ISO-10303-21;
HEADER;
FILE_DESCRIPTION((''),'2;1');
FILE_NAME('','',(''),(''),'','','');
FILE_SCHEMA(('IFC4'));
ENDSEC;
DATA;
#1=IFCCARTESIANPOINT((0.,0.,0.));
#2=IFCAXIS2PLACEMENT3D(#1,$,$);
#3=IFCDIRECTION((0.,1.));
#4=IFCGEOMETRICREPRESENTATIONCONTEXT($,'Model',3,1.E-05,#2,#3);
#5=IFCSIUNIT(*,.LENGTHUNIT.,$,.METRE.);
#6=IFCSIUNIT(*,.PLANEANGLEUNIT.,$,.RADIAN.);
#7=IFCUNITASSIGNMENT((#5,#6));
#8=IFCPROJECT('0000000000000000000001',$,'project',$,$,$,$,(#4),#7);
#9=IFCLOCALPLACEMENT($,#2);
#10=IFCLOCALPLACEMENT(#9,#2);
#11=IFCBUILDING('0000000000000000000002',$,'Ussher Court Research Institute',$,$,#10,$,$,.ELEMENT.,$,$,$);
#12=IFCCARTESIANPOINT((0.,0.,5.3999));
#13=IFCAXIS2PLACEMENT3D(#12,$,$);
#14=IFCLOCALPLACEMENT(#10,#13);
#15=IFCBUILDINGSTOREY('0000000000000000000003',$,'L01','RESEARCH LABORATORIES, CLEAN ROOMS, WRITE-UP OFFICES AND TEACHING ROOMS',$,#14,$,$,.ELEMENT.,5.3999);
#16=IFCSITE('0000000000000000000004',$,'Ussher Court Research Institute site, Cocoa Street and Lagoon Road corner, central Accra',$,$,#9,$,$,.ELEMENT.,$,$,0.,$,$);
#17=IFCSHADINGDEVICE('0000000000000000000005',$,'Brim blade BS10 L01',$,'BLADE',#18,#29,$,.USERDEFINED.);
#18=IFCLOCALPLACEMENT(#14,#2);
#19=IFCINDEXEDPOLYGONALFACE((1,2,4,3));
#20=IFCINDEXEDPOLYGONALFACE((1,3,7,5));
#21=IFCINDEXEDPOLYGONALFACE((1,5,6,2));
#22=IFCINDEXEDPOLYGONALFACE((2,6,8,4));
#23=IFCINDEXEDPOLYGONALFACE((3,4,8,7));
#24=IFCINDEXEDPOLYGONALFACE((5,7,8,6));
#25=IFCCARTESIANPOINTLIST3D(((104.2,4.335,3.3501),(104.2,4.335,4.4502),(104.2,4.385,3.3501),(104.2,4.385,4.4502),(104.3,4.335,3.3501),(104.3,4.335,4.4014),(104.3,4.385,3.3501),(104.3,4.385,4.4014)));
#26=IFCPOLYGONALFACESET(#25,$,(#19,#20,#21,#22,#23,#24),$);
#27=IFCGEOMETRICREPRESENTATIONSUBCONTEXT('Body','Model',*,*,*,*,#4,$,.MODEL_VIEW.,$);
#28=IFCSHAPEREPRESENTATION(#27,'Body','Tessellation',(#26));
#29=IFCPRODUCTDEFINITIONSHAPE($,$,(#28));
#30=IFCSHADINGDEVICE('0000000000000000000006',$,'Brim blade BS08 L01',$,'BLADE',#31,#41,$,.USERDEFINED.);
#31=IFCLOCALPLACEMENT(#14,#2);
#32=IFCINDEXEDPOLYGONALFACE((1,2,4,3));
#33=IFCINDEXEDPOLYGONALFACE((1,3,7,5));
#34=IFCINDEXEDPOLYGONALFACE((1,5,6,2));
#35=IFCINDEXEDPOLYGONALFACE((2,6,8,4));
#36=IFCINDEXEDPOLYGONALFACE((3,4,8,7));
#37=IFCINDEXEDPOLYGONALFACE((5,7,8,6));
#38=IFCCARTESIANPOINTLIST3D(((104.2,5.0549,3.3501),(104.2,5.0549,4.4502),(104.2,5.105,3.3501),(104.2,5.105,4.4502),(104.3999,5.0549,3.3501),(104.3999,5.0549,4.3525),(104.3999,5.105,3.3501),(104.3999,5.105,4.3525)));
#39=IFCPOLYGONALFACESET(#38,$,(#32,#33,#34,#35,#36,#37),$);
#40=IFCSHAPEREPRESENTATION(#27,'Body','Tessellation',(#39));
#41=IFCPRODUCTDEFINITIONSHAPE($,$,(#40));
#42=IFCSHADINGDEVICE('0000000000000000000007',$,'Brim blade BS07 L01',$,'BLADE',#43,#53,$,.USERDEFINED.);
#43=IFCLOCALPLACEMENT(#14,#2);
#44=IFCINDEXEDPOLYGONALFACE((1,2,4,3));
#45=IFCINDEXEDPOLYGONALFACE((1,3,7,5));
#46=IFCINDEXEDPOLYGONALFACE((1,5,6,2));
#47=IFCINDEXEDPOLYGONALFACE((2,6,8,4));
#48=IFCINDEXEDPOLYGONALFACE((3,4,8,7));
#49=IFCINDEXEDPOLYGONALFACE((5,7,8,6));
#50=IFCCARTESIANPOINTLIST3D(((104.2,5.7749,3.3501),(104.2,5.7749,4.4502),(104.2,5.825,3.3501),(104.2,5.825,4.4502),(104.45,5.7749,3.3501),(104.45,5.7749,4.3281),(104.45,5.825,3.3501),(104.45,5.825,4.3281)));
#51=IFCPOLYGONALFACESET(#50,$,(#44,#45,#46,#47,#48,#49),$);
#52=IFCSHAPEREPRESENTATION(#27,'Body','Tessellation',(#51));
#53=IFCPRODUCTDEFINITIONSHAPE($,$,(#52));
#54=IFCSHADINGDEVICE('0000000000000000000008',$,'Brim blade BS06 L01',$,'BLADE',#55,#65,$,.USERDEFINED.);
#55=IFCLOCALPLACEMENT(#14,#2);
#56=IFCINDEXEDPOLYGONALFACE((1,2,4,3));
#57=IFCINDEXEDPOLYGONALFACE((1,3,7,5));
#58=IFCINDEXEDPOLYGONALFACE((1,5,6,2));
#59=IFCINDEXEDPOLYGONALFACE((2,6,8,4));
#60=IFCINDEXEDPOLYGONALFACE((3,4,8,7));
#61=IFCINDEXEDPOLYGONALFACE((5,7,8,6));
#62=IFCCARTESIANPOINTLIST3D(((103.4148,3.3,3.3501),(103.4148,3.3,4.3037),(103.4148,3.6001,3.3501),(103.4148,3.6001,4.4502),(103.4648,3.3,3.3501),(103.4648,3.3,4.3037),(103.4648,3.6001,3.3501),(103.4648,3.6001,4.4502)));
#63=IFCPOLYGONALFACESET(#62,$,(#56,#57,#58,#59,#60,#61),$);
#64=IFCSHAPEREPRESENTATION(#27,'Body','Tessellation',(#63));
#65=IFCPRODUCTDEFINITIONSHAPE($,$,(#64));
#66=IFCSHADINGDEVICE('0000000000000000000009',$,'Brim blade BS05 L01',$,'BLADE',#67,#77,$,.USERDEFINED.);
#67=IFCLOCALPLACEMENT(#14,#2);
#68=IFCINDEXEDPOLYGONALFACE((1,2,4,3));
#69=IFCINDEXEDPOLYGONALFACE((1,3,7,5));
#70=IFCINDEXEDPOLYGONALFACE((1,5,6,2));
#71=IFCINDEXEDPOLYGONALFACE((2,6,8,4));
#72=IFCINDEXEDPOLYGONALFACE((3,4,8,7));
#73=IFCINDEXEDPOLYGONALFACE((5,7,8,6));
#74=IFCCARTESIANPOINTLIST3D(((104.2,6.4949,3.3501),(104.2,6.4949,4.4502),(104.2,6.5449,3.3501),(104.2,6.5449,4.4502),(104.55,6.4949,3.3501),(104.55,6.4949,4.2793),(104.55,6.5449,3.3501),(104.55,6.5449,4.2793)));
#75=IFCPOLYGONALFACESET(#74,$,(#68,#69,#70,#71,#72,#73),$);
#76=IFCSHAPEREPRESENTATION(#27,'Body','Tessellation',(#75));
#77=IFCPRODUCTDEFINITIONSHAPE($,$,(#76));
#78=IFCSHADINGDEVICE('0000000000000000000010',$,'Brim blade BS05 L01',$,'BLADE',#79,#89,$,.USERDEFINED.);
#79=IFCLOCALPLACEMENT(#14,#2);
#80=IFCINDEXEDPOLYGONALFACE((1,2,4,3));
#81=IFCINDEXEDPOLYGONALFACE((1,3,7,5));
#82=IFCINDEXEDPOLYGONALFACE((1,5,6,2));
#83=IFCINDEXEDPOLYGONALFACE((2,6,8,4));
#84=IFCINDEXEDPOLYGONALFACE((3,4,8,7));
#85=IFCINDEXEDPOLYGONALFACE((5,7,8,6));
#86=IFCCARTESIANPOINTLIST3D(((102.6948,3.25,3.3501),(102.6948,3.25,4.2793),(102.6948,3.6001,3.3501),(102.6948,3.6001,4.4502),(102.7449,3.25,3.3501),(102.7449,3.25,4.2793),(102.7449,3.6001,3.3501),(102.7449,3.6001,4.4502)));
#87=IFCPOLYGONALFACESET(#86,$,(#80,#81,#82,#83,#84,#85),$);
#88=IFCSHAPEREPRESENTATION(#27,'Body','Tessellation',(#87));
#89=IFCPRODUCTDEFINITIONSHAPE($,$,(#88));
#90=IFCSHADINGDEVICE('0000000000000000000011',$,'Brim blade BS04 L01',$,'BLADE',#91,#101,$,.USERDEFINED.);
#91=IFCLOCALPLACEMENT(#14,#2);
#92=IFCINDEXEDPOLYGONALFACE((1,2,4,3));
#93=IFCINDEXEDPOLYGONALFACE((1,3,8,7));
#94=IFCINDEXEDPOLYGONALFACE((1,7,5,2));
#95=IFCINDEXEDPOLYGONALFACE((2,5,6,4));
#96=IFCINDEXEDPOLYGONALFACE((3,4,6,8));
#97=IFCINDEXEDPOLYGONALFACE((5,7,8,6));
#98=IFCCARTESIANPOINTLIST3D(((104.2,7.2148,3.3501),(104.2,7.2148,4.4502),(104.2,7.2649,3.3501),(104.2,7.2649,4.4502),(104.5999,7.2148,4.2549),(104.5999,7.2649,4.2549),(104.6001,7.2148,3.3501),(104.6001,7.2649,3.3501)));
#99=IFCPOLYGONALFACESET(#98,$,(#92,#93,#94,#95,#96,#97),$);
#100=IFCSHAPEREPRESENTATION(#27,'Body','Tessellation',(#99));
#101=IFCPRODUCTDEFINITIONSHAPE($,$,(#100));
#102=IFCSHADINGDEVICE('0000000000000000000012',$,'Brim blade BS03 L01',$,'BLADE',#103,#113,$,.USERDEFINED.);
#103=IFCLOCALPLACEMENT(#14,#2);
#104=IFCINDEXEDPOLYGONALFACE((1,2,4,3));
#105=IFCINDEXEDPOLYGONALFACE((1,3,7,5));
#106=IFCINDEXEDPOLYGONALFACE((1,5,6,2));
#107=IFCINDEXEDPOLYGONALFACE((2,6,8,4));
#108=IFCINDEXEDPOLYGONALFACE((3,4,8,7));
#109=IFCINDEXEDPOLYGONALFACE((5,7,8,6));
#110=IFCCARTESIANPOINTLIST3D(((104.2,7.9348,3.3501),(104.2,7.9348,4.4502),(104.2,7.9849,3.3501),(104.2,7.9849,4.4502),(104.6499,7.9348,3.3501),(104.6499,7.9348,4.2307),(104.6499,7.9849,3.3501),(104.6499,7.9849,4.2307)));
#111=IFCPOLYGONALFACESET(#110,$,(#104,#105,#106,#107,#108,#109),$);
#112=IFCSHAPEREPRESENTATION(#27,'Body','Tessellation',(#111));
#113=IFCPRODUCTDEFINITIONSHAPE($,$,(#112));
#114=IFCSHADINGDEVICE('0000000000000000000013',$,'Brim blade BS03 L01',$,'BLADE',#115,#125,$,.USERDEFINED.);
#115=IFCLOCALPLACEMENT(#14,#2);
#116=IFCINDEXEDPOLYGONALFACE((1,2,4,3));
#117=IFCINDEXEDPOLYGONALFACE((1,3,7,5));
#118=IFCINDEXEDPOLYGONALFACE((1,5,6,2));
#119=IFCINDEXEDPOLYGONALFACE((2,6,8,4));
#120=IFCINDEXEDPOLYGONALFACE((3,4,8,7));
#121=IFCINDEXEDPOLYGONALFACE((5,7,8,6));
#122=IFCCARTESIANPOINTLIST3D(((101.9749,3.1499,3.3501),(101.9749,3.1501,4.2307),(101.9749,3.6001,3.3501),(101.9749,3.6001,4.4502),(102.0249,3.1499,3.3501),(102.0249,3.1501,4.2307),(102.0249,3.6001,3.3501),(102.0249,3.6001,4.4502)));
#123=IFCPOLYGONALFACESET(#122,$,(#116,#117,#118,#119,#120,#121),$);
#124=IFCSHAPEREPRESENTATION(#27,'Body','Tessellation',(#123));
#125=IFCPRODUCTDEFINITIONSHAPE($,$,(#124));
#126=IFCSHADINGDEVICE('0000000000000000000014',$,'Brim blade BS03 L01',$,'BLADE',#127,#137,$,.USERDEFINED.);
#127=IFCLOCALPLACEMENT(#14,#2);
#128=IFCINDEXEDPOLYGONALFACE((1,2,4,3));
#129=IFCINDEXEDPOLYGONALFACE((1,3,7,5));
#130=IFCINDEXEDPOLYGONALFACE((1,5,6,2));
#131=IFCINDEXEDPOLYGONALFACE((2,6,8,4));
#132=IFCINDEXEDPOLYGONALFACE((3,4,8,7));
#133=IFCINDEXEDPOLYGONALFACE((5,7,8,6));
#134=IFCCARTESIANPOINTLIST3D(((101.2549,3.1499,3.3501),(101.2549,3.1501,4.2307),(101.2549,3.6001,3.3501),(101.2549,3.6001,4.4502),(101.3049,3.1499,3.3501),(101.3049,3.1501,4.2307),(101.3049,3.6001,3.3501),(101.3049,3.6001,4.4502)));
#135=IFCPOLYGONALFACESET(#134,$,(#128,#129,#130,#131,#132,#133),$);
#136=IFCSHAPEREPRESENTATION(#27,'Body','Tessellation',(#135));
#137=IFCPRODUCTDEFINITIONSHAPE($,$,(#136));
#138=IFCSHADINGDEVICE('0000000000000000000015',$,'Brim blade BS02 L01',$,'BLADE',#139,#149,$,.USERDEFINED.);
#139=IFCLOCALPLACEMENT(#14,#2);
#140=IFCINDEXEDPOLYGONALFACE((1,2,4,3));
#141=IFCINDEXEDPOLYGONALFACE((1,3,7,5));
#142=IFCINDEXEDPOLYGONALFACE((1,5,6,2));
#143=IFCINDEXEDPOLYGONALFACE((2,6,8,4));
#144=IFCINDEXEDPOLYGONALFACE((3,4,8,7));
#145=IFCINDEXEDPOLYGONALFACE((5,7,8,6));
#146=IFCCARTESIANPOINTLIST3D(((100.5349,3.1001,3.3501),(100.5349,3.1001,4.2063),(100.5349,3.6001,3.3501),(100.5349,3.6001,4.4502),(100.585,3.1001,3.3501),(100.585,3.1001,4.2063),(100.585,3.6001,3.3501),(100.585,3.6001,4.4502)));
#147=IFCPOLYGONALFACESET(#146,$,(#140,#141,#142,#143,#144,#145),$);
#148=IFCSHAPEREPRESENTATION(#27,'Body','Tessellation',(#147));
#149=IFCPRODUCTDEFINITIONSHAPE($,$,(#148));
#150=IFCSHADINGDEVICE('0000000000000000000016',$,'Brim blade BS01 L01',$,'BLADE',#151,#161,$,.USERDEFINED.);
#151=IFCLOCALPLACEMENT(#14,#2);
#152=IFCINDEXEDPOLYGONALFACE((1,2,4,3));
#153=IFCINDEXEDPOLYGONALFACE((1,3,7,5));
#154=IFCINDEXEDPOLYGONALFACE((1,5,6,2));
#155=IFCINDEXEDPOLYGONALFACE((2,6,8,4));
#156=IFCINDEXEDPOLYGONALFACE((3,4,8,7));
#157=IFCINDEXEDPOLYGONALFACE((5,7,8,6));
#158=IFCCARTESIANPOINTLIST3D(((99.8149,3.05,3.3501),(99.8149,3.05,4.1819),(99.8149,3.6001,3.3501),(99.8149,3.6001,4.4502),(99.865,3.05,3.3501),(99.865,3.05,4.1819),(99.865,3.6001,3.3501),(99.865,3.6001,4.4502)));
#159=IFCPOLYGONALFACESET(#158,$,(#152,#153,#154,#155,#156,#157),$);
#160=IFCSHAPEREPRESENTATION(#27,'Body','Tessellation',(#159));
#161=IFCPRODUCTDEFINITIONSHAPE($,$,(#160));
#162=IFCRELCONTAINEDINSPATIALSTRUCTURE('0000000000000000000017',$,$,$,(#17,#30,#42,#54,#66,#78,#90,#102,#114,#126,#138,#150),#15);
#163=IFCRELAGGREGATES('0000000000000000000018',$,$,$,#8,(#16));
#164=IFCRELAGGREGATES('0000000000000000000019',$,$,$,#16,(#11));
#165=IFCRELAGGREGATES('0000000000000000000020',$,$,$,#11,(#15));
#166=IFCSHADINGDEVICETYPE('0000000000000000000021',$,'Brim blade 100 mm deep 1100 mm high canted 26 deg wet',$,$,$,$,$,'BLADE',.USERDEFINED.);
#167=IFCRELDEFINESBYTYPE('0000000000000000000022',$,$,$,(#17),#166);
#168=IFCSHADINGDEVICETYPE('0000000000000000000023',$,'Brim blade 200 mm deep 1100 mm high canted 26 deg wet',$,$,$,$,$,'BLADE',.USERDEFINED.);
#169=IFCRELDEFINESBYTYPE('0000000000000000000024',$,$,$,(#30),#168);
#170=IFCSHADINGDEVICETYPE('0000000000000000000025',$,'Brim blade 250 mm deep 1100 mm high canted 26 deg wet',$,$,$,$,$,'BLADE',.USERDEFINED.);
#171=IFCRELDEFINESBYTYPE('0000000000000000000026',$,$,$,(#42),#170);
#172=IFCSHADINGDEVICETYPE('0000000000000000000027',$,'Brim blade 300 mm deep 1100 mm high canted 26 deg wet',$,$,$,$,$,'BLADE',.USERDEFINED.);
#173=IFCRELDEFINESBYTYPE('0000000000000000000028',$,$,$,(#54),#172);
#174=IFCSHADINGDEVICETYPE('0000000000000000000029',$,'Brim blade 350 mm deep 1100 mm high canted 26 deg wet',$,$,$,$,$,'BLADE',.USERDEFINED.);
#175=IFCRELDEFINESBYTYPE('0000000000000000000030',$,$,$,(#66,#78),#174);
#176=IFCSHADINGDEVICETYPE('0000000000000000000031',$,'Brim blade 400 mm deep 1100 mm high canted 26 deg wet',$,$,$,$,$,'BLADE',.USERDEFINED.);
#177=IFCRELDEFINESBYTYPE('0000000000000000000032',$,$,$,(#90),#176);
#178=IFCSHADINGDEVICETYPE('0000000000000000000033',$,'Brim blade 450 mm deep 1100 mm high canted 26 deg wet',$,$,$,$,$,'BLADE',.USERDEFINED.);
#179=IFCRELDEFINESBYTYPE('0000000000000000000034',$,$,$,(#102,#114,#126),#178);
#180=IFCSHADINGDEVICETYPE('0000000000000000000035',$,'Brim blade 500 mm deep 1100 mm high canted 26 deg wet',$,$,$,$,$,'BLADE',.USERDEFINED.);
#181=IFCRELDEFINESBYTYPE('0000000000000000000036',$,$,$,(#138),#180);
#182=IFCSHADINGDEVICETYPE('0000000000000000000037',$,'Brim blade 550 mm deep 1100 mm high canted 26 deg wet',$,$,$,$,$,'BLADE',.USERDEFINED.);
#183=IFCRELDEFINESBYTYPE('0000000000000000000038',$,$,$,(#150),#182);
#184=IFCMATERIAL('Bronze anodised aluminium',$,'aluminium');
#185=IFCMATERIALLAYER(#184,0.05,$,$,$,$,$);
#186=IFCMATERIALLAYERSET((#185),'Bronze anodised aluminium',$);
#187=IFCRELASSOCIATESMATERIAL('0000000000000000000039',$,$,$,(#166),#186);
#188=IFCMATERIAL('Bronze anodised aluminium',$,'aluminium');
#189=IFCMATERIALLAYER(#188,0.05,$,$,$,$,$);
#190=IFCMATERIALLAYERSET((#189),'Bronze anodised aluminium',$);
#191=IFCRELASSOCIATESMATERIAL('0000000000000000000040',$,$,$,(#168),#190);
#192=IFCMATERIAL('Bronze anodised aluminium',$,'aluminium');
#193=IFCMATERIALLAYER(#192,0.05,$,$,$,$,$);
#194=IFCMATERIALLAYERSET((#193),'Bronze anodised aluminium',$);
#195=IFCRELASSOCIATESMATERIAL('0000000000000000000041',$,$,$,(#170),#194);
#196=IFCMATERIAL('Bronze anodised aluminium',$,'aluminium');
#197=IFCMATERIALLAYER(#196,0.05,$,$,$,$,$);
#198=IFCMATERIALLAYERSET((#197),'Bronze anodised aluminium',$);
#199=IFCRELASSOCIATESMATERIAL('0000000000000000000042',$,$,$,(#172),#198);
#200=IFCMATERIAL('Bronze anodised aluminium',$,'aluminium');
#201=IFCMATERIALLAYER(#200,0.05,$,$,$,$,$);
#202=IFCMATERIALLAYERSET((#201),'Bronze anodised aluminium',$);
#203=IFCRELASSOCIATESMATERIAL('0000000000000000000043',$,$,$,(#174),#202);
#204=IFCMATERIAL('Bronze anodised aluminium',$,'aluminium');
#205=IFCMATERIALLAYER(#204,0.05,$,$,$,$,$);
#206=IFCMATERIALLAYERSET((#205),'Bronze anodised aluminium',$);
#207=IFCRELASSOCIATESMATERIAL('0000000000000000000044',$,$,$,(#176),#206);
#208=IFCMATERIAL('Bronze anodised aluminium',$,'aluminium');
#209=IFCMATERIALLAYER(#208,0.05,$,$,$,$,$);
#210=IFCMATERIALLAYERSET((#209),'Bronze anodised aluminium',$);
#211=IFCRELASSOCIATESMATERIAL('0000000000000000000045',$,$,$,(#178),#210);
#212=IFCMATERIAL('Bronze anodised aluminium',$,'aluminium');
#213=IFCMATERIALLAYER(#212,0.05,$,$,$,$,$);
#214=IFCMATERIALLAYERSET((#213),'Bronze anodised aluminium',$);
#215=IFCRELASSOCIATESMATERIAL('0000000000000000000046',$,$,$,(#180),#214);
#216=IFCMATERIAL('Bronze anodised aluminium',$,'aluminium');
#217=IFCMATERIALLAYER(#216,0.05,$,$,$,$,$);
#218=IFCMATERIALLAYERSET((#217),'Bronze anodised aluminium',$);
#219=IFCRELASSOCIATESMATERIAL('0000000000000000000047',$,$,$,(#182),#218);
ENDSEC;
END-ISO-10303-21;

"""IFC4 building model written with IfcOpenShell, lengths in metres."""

from ifc_helpers import new_model, si_unit, direction, frame, origin, place, context, subcontext, project, spatial, polyline, outline, extrude, material, layer, layer_set, type_object, element, save


model = new_model("IFC4")

# Units and contexts
model_context = context("Model", 3, precision=1e-05, world=origin(), true_north=direction((0.0, 1.0)))
body_context = subcontext(model_context, "Body", "Model", "MODEL_VIEW")
ifc_project = project(units=[si_unit("LENGTHUNIT", "METRE"), si_unit("PLANEANGLEUNIT", "RADIAN")], contexts=[model_context])

# Site, building, storey
site_placement = place(None, origin())
site = spatial("IfcSite", under=ifc_project, at=site_placement, Name="Ussher Court Research Institute site, Cocoa Street and Lagoon Road corner, central Accra", CompositionType="ELEMENT", RefElevation=0.0)
building_placement = place(site_placement, origin())
building = spatial("IfcBuilding", under=site, at=building_placement, Name="Ussher Court Research Institute", CompositionType="ELEMENT")
storey_placement = place(building_placement, frame((0.0, 0.0, 5.3999)))
storey = spatial("IfcBuildingStorey", under=building, at=storey_placement, Name="L01", Description="RESEARCH LABORATORIES, CLEAN ROOMS, WRITE-UP OFFICES AND TEACHING ROOMS", CompositionType="ELEMENT", Elevation=5.3999)

# Shading devices
ifc_material_1 = material(Name="Bronze anodised aluminium", Category="aluminium")
ifc_layer_1 = layer(ifc_material_1, 0.05)
ifc_layer_set_1 = layer_set([ifc_layer_1], Name="Bronze anodised aluminium")
shading_device_type_1 = type_object("IfcShadingDeviceType", Name="Brim blade 100 mm deep 1100 mm high canted 26 deg wet", ElementType="BLADE", PredefinedType="USERDEFINED", material=ifc_layer_set_1)
shading_device_1_placement = place(storey_placement, frame((104.2, 4.3601, 3.3501), z_axis=(0.0, 0.0, 1.0), x_axis=(1.0, 0.0, 0.0)))
element("IfcShadingDevice", 1, at=shading_device_1_placement, inside=storey, type_object=shading_device_type_1, Name="Brim blade BS10 L01", ObjectType="BLADE", PredefinedType="USERDEFINED", context=body_context, shape_type="SweptSolid", body=[
    extrude(outline(polyline([(0.0, 0.0), (0.1001, 0.0), (0.1001, 1.0513), (0.0, 1.1001), (0.0, 0.0)])), frame((0.0, 0.0249, 0.0), z_axis=(0.0, -1.0, 0.0), x_axis=(1.0, 0.0, 0.0)), (0.0, 0.0, 1.0), 0.05),
])
ifc_material_2 = material(Name="Bronze anodised aluminium", Category="aluminium")
ifc_layer_2 = layer(ifc_material_2, 0.05)
ifc_layer_set_2 = layer_set([ifc_layer_2], Name="Bronze anodised aluminium")
shading_device_type_2 = type_object("IfcShadingDeviceType", Name="Brim blade 200 mm deep 1100 mm high canted 26 deg wet", ElementType="BLADE", PredefinedType="USERDEFINED", material=ifc_layer_set_2)
shading_device_2_placement = place(storey_placement, frame((104.2, 5.0801, 3.3501), z_axis=(0.0, 0.0, 1.0), x_axis=(1.0, 0.0, 0.0)))
element("IfcShadingDevice", 2, at=shading_device_2_placement, inside=storey, type_object=shading_device_type_2, Name="Brim blade BS08 L01", ObjectType="BLADE", PredefinedType="USERDEFINED", context=body_context, shape_type="SweptSolid", body=[
    extrude(outline(polyline([(0.0, 0.0), (0.2, 0.0), (0.2, 1.0024), (0.0, 1.1001), (0.0, 0.0)])), frame((0.0, 0.0249, 0.0), z_axis=(0.0, -1.0, 0.0), x_axis=(1.0, 0.0, 0.0)), (0.0, 0.0, 1.0), 0.05),
])
ifc_material_3 = material(Name="Bronze anodised aluminium", Category="aluminium")
ifc_layer_3 = layer(ifc_material_3, 0.05)
ifc_layer_set_3 = layer_set([ifc_layer_3], Name="Bronze anodised aluminium")
shading_device_type_3 = type_object("IfcShadingDeviceType", Name="Brim blade 250 mm deep 1100 mm high canted 26 deg wet", ElementType="BLADE", PredefinedType="USERDEFINED", material=ifc_layer_set_3)
shading_device_3_placement = place(storey_placement, frame((104.2, 5.8, 3.3501), z_axis=(0.0, 0.0, 1.0), x_axis=(1.0, 0.0, 0.0)))
element("IfcShadingDevice", 3, at=shading_device_3_placement, inside=storey, type_object=shading_device_type_3, Name="Brim blade BS07 L01", ObjectType="BLADE", PredefinedType="USERDEFINED", context=body_context, shape_type="SweptSolid", body=[
    extrude(outline(polyline([(0.0, 0.0), (0.25, 0.0), (0.25, 0.978), (0.0, 1.1001), (0.0, 0.0)])), frame((0.0, 0.0249, 0.0), z_axis=(0.0, -1.0, 0.0), x_axis=(1.0, 0.0, 0.0)), (0.0, 0.0, 1.0), 0.05),
])
ifc_material_4 = material(Name="Bronze anodised aluminium", Category="aluminium")
ifc_layer_4 = layer(ifc_material_4, 0.05)
ifc_layer_set_4 = layer_set([ifc_layer_4], Name="Bronze anodised aluminium")
shading_device_type_4 = type_object("IfcShadingDeviceType", Name="Brim blade 300 mm deep 1100 mm high canted 26 deg wet", ElementType="BLADE", PredefinedType="USERDEFINED", material=ifc_layer_set_4)
shading_device_4_placement = place(storey_placement, frame((103.4399, 3.6001, 3.3501), z_axis=(0.0, 0.0, 1.0), x_axis=(0.0, -1.0, 0.0)))
element("IfcShadingDevice", 4, at=shading_device_4_placement, inside=storey, type_object=shading_device_type_4, Name="Brim blade BS06 L01", ObjectType="BLADE", PredefinedType="USERDEFINED", context=body_context, shape_type="SweptSolid", body=[
    extrude(outline(polyline([(0.0, 0.0), (0.3, 0.0), (0.3, 0.9536), (0.0, 1.1001), (0.0, 0.0)])), frame((0.0, 0.0249, 0.0), z_axis=(0.0, -1.0, 0.0), x_axis=(1.0, 0.0, 0.0)), (0.0, 0.0, 1.0), 0.05),
])
ifc_material_5 = material(Name="Bronze anodised aluminium", Category="aluminium")
ifc_layer_5 = layer(ifc_material_5, 0.05)
ifc_layer_set_5 = layer_set([ifc_layer_5], Name="Bronze anodised aluminium")
shading_device_type_5 = type_object("IfcShadingDeviceType", Name="Brim blade 350 mm deep 1100 mm high canted 26 deg wet", ElementType="BLADE", PredefinedType="USERDEFINED", material=ifc_layer_set_5)
for number, where, z_axis, x_axis, name in (
    (5, (104.2, 6.52, 3.3501), (0.0, 0.0, 1.0), (1.0, 0.0, 0.0), "Brim blade BS05 L01"),
    (6, (102.72, 3.6001, 3.3501), (0.0, 0.0, 1.0), (0.0, -1.0, 0.0), "Brim blade BS05 L01"),
):
    element("IfcShadingDevice", number, at=place(storey_placement, frame(where, z_axis=z_axis, x_axis=x_axis)), inside=storey, type_object=shading_device_type_5, Name=name, ObjectType="BLADE", PredefinedType="USERDEFINED", context=body_context, shape_type="SweptSolid", body=[
        extrude(outline(polyline([(0.0, 0.0), (0.3501, 0.0), (0.3501, 0.9292), (0.0, 1.1001), (0.0, 0.0)])), frame((0.0, 0.0249, 0.0), z_axis=(0.0, -1.0, 0.0), x_axis=(1.0, 0.0, 0.0)), (0.0, 0.0, 1.0), 0.05),
    ])
ifc_material_6 = material(Name="Bronze anodised aluminium", Category="aluminium")
ifc_layer_6 = layer(ifc_material_6, 0.05)
ifc_layer_set_6 = layer_set([ifc_layer_6], Name="Bronze anodised aluminium")
shading_device_type_6 = type_object("IfcShadingDeviceType", Name="Brim blade 400 mm deep 1100 mm high canted 26 deg wet", ElementType="BLADE", PredefinedType="USERDEFINED", material=ifc_layer_set_6)
shading_device_5_placement = place(storey_placement, frame((104.2, 7.24, 3.3501), z_axis=(0.0, 0.0, 1.0), x_axis=(1.0, 0.0, 0.0)))
element("IfcShadingDevice", 7, at=shading_device_5_placement, inside=storey, type_object=shading_device_type_6, Name="Brim blade BS04 L01", ObjectType="BLADE", PredefinedType="USERDEFINED", context=body_context, shape_type="SweptSolid", body=[
    extrude(outline(polyline([(0.0, 0.0), (0.4001, 0.0), (0.3999, 0.9048), (0.0, 1.1001), (0.0, 0.0)])), frame((0.0, 0.0249, 0.0), z_axis=(0.0, -1.0, 0.0), x_axis=(1.0, 0.0, 0.0)), (0.0, 0.0, 1.0), 0.05),
])
ifc_material_7 = material(Name="Bronze anodised aluminium", Category="aluminium")
ifc_layer_7 = layer(ifc_material_7, 0.05)
ifc_layer_set_7 = layer_set([ifc_layer_7], Name="Bronze anodised aluminium")
shading_device_type_7 = type_object("IfcShadingDeviceType", Name="Brim blade 450 mm deep 1100 mm high canted 26 deg wet", ElementType="BLADE", PredefinedType="USERDEFINED", material=ifc_layer_set_7)
shading_device_6_placement = place(storey_placement, frame((104.2, 7.96, 3.3501), z_axis=(0.0, 0.0, 1.0), x_axis=(1.0, 0.0, 0.0)))
element("IfcShadingDevice", 8, at=shading_device_6_placement, inside=storey, type_object=shading_device_type_7, Name="Brim blade BS03 L01", ObjectType="BLADE", PredefinedType="USERDEFINED", context=body_context, shape_type="SweptSolid", body=[
    extrude(outline(polyline([(0.0, 0.0), (0.45, 0.0), (0.45, 0.8806), (0.0, 1.1001), (0.0, 0.0)])), frame((0.0, 0.0249, 0.0), z_axis=(0.0, -1.0, 0.0), x_axis=(1.0, 0.0, 0.0)), (0.0, 0.0, 1.0), 0.05),
])
for number, where, z_axis, x_axis, name in (
    (9, (102.0, 3.6001, 3.3501), (0.0, 0.0, 1.0), (0.0, -1.0, 0.0), "Brim blade BS03 L01"),
    (10, (101.28, 3.6001, 3.3501), (0.0, 0.0, 1.0), (0.0, -1.0, 0.0), "Brim blade BS03 L01"),
):
    element("IfcShadingDevice", number, at=place(storey_placement, frame(where, z_axis=z_axis, x_axis=x_axis)), inside=storey, type_object=shading_device_type_7, Name=name, ObjectType="BLADE", PredefinedType="USERDEFINED", context=body_context, shape_type="SweptSolid", body=[
        extrude(outline(polyline([(0.0, 0.0), (0.4502, 0.0), (0.45, 0.8806), (0.0, 1.1001), (0.0, 0.0)])), frame((0.0, 0.0249, 0.0), z_axis=(0.0, -1.0, 0.0), x_axis=(1.0, 0.0, 0.0)), (0.0, 0.0, 1.0), 0.05),
    ])
ifc_material_8 = material(Name="Bronze anodised aluminium", Category="aluminium")
ifc_layer_8 = layer(ifc_material_8, 0.05)
ifc_layer_set_8 = layer_set([ifc_layer_8], Name="Bronze anodised aluminium")
shading_device_type_8 = type_object("IfcShadingDeviceType", Name="Brim blade 500 mm deep 1100 mm high canted 26 deg wet", ElementType="BLADE", PredefinedType="USERDEFINED", material=ifc_layer_set_8)
shading_device_7_placement = place(storey_placement, frame((100.5601, 3.6001, 3.3501), z_axis=(0.0, 0.0, 1.0), x_axis=(0.0, -1.0, 0.0)))
element("IfcShadingDevice", 11, at=shading_device_7_placement, inside=storey, type_object=shading_device_type_8, Name="Brim blade BS02 L01", ObjectType="BLADE", PredefinedType="USERDEFINED", context=body_context, shape_type="SweptSolid", body=[
    extrude(outline(polyline([(0.0, 0.0), (0.5, 0.0), (0.5, 0.8562), (0.0, 1.1001), (0.0, 0.0)])), frame((0.0, 0.0249, 0.0), z_axis=(0.0, -1.0, 0.0), x_axis=(1.0, 0.0, 0.0)), (0.0, 0.0, 1.0), 0.05),
])
ifc_material_9 = material(Name="Bronze anodised aluminium", Category="aluminium")
ifc_layer_9 = layer(ifc_material_9, 0.05)
ifc_layer_set_9 = layer_set([ifc_layer_9], Name="Bronze anodised aluminium")
shading_device_type_9 = type_object("IfcShadingDeviceType", Name="Brim blade 550 mm deep 1100 mm high canted 26 deg wet", ElementType="BLADE", PredefinedType="USERDEFINED", material=ifc_layer_set_9)
for number, where, z_axis, x_axis, name in (
    (12, (99.8401, 3.6001, 3.3501), (0.0, 0.0, 1.0), (0.0, -1.0, 0.0), "Brim blade BS01 L01"),
):
    element("IfcShadingDevice", number, at=place(storey_placement, frame(where, z_axis=z_axis, x_axis=x_axis)), inside=storey, type_object=shading_device_type_9, Name=name, ObjectType="BLADE", PredefinedType="USERDEFINED", context=body_context, shape_type="SweptSolid", body=[
        extrude(outline(polyline([(0.0, 0.0), (0.55, 0.0), (0.55, 0.8318), (0.0, 1.1001), (0.0, 0.0)])), frame((0.0, 0.0249, 0.0), z_axis=(0.0, -1.0, 0.0), x_axis=(1.0, 0.0, 0.0)), (0.0, 0.0, 1.0), 0.05),
    ])

save(model, "model.ifc")
